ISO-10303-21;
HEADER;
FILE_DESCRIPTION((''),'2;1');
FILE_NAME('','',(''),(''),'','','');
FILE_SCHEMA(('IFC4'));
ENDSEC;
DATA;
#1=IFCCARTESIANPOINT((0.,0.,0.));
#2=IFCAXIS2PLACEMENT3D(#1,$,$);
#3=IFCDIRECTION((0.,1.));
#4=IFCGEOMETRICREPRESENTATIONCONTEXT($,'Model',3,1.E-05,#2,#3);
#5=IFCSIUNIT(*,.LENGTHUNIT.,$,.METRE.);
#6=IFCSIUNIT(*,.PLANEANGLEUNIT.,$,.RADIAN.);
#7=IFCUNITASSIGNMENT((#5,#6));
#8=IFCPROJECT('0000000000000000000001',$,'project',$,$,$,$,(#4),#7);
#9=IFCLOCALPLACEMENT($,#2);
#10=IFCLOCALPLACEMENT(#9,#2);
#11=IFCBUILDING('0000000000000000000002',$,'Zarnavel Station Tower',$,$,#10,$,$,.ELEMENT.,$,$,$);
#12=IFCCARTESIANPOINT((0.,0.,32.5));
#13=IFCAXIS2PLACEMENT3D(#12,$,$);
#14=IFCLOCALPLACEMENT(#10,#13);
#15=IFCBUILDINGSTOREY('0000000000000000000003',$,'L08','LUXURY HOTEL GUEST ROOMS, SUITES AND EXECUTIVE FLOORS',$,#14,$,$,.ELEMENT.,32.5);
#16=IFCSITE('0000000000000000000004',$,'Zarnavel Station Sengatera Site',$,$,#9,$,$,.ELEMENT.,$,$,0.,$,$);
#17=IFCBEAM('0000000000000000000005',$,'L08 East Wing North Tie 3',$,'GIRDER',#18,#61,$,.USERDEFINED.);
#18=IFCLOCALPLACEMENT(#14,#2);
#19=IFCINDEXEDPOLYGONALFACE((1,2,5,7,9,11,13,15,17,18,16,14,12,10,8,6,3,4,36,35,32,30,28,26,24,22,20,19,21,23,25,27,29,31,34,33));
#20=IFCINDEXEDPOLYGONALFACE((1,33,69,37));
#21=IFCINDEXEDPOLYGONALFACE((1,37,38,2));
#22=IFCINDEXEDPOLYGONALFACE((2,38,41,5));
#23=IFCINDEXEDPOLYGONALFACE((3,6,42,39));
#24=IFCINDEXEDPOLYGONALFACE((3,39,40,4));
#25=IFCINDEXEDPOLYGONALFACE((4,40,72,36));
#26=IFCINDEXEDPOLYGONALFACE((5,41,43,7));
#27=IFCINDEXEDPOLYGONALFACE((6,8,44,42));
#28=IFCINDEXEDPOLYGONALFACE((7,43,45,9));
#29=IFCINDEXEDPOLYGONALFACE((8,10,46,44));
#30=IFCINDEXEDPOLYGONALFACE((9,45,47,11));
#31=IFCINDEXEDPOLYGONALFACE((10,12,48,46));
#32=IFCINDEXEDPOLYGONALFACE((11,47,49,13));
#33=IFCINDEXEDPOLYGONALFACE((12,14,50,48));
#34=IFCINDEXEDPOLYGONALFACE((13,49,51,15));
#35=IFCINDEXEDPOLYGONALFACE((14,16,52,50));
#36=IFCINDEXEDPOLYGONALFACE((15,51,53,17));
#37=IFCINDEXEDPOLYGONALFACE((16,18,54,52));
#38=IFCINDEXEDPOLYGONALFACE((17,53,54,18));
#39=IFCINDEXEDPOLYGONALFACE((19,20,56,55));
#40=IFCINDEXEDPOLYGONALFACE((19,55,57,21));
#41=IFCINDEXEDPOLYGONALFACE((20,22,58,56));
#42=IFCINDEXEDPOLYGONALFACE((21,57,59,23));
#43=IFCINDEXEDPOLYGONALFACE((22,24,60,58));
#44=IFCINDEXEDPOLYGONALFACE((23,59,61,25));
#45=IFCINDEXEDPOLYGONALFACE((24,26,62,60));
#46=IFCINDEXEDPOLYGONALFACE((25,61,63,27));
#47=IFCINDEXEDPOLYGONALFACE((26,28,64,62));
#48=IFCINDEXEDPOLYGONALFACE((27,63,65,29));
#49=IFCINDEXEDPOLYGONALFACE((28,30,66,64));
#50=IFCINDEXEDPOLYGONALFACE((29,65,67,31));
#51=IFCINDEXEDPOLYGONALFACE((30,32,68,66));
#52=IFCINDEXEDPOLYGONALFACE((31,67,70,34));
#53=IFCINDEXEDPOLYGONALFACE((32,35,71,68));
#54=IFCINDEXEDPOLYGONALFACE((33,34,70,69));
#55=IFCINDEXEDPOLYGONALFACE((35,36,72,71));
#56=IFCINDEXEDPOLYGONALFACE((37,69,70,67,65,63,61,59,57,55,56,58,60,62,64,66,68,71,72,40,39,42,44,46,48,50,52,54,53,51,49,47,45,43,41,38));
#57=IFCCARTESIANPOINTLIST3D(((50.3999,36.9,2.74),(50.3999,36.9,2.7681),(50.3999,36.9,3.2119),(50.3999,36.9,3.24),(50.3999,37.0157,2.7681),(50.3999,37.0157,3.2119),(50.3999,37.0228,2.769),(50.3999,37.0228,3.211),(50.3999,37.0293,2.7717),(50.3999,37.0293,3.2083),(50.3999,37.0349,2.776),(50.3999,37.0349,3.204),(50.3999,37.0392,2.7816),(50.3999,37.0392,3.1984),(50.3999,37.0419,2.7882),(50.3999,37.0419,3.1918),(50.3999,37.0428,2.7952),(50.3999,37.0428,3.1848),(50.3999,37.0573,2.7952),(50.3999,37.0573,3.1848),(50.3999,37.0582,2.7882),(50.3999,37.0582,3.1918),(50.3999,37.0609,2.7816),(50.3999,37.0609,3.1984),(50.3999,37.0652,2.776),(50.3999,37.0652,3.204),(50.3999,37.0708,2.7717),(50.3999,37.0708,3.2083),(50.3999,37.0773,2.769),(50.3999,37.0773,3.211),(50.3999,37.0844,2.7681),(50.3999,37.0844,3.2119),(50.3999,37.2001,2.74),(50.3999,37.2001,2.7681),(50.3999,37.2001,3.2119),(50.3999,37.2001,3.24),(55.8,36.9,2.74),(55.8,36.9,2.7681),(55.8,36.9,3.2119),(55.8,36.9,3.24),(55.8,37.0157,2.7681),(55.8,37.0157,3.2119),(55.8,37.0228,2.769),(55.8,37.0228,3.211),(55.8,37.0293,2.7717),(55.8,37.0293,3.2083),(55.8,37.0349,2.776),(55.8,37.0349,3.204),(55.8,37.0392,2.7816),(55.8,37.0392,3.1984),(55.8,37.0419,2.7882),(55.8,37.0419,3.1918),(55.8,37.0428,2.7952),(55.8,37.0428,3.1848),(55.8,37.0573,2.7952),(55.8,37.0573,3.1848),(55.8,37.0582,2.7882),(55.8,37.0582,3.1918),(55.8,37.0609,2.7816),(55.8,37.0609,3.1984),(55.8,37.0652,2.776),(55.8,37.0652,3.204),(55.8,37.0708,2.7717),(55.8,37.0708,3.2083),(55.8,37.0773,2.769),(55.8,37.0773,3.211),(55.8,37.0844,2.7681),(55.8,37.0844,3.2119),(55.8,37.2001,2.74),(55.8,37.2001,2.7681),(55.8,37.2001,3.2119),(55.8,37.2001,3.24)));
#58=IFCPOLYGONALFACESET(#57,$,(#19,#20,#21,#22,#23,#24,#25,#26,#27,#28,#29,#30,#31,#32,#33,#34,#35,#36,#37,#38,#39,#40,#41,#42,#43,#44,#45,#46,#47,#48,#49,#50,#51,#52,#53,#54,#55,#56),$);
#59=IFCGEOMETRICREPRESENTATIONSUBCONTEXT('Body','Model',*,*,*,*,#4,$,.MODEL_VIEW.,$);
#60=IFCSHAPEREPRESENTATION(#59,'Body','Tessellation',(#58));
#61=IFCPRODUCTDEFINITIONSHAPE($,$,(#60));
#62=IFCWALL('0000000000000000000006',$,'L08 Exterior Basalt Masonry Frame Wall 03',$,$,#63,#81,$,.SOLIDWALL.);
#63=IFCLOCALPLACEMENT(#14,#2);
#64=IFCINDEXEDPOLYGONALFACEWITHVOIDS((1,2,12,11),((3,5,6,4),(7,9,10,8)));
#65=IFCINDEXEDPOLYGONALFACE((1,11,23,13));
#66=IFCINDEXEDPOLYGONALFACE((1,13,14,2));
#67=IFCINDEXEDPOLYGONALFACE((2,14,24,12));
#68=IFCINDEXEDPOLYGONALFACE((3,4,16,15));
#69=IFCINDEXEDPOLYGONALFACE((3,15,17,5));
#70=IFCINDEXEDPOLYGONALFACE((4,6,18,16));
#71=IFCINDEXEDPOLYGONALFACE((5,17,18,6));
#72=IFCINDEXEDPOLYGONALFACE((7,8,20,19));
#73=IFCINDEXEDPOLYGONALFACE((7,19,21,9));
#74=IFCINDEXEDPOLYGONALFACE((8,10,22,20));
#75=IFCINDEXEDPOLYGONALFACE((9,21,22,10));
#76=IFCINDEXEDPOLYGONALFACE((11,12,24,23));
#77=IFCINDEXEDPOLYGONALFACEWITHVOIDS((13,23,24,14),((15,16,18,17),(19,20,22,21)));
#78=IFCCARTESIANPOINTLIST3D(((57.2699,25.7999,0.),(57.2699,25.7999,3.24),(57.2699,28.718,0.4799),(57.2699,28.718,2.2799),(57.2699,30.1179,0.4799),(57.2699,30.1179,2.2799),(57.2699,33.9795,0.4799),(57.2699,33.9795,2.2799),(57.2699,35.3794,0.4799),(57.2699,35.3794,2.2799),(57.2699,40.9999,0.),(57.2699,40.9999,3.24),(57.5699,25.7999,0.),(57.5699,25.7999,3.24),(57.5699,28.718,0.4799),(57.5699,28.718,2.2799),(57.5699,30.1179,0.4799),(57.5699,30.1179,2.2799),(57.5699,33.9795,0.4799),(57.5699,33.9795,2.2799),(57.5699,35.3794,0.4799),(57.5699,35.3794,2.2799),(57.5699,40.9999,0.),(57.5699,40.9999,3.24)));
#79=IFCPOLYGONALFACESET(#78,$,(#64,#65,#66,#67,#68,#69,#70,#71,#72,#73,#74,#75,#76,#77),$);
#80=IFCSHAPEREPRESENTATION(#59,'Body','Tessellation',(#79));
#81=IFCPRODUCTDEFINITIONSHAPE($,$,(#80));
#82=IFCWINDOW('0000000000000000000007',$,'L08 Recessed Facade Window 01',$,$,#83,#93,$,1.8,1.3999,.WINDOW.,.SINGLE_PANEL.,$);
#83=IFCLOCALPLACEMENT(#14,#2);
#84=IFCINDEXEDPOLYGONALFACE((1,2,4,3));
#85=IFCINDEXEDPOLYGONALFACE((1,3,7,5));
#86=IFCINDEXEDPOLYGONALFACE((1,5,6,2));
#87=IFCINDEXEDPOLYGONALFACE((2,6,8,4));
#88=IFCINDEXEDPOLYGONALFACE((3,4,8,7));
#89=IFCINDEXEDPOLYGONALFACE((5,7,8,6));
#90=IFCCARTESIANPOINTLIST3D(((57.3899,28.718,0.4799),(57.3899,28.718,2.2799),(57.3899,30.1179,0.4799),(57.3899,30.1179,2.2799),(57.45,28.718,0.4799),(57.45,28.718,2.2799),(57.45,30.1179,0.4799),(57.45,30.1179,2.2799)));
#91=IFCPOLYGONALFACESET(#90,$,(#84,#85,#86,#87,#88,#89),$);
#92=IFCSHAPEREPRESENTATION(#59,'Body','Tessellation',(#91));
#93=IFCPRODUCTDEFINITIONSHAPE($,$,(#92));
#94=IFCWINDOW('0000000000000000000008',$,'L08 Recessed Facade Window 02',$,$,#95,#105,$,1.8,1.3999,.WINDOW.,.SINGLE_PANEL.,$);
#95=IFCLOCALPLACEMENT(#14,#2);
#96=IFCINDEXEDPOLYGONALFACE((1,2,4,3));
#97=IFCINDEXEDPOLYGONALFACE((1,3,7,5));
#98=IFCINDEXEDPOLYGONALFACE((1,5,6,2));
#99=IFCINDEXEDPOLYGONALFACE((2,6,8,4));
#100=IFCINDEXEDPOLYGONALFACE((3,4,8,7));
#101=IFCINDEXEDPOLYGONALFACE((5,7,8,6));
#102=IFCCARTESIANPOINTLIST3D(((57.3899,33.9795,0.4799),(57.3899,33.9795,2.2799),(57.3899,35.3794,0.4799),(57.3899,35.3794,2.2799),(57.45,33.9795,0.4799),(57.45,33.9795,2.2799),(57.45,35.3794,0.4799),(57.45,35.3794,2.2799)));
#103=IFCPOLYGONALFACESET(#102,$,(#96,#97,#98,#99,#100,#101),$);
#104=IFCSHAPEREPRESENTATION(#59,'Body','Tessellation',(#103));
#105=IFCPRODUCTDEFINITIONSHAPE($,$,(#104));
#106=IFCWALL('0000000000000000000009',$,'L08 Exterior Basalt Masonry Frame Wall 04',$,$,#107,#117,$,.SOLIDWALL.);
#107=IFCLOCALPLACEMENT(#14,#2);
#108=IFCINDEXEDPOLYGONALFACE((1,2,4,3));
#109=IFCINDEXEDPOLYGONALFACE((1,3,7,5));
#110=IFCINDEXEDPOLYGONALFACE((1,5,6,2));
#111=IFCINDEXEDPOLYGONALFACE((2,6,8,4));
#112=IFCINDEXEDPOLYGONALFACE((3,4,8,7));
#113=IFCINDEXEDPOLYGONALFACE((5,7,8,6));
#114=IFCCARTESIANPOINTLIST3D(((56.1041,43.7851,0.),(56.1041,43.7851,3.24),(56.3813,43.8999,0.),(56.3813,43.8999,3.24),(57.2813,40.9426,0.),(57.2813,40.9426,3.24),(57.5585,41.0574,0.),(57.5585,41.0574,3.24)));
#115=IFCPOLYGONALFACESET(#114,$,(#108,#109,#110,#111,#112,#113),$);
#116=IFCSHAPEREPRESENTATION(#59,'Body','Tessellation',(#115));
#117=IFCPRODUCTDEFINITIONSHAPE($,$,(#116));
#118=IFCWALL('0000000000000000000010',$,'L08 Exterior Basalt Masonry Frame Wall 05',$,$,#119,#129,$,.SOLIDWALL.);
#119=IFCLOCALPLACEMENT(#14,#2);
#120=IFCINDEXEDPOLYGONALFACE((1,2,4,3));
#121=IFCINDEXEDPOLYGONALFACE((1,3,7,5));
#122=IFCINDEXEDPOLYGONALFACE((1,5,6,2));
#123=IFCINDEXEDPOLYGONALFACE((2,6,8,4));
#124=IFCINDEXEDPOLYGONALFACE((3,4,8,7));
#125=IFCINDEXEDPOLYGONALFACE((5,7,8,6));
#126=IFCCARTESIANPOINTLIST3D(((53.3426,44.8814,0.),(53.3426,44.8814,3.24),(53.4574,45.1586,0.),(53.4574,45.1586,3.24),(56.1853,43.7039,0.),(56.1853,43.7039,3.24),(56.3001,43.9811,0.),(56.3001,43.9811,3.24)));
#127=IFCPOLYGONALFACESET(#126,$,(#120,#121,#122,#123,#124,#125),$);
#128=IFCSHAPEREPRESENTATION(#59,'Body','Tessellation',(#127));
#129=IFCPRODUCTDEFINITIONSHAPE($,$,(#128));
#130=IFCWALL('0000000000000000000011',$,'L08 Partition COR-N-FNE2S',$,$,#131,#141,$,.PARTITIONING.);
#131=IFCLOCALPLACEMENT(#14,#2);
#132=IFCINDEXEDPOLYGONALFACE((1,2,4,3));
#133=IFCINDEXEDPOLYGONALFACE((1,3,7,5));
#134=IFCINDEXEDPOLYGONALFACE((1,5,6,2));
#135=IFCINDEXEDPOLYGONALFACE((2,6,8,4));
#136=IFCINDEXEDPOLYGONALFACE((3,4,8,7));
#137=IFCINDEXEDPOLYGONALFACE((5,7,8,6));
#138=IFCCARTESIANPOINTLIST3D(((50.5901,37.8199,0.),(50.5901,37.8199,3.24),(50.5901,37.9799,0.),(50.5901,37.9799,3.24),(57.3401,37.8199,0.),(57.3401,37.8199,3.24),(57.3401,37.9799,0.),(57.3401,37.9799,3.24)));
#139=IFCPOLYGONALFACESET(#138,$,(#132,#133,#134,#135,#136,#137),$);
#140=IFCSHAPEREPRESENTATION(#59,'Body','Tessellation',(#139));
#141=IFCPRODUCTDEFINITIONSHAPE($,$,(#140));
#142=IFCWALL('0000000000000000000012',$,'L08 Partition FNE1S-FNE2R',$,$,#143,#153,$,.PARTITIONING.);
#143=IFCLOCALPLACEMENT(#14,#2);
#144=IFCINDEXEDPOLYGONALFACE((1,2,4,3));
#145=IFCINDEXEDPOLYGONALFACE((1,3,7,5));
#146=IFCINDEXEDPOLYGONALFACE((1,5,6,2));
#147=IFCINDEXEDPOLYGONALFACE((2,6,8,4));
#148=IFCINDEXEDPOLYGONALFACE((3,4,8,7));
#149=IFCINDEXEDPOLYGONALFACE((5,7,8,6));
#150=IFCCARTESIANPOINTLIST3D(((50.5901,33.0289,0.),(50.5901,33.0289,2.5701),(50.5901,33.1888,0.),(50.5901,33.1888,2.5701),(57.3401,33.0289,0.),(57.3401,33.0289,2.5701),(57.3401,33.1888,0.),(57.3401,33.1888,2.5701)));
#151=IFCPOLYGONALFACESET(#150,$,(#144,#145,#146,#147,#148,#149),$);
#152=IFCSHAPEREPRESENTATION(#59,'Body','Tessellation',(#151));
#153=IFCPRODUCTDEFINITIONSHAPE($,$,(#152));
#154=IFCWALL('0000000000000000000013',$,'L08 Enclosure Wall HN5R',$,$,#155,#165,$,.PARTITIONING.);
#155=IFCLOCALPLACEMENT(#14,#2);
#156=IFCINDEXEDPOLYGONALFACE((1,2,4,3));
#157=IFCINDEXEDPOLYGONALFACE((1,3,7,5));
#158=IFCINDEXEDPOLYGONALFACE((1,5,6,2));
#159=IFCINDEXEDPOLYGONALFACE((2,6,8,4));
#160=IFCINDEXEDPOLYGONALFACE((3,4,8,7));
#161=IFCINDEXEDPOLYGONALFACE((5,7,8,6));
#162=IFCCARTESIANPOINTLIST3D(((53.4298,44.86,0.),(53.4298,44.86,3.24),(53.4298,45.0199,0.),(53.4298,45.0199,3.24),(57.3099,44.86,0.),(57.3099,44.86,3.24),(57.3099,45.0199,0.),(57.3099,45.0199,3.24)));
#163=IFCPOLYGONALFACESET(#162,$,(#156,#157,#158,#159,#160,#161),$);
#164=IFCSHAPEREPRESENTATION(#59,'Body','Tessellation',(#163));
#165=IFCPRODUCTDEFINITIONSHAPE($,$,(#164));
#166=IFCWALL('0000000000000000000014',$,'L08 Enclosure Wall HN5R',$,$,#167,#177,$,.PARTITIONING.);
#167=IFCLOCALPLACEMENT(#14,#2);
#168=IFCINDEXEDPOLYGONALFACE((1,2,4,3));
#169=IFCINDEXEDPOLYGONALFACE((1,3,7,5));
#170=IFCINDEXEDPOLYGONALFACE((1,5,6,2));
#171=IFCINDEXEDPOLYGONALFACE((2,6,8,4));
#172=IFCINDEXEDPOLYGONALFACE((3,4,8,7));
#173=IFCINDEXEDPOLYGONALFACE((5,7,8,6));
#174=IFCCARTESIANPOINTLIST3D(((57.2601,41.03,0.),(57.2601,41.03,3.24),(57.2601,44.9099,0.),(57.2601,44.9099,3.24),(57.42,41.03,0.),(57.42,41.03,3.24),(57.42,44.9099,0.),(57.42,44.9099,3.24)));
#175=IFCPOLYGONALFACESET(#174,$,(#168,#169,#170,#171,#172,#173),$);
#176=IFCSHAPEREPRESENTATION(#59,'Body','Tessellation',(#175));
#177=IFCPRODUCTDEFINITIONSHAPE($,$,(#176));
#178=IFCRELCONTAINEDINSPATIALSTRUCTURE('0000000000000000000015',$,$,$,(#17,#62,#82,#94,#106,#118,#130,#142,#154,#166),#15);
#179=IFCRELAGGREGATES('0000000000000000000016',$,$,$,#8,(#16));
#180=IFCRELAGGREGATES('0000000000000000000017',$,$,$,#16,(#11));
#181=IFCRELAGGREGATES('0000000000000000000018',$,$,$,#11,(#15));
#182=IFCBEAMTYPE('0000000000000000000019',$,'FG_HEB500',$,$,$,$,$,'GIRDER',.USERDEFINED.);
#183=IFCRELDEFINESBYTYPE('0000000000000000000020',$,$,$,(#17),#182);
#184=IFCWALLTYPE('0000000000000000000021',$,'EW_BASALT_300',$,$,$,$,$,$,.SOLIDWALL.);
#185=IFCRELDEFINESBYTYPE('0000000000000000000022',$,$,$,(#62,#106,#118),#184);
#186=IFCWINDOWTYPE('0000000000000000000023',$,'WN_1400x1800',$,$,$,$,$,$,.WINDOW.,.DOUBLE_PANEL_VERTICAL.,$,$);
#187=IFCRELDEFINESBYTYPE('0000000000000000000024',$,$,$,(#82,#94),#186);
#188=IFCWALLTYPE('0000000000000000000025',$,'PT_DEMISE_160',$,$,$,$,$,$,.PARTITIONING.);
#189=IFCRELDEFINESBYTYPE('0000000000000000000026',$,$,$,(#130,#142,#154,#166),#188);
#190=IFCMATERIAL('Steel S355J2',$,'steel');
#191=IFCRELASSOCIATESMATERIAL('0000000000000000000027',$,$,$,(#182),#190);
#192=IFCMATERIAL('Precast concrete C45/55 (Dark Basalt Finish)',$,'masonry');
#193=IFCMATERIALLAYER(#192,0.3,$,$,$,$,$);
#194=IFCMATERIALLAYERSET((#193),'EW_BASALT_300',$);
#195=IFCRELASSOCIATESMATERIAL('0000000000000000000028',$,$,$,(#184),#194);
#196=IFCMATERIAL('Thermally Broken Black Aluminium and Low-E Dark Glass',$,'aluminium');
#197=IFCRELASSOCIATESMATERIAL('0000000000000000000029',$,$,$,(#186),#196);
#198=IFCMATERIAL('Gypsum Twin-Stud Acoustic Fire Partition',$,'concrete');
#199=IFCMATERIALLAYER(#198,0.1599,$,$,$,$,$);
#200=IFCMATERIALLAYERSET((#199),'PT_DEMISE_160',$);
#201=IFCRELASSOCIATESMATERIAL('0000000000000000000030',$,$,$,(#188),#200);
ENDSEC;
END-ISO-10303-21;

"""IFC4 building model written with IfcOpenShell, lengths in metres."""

from ifc_helpers import new_model, si_unit, direction, frame, frame_2d, origin, origin_2d, place, context, subcontext, project, spatial, rectangle, i_section, extrude, material, layer, layer_set, material_profile, profile_set, type_object, element, fill, save


model = new_model("IFC4")

# Units and contexts
model_context = context("Model", 3, precision=1e-05, world=origin(), true_north=direction((0.0, 1.0)))
body_context = subcontext(model_context, "Body", "Model", "MODEL_VIEW")
ifc_project = project(units=[si_unit("LENGTHUNIT", "METRE"), si_unit("PLANEANGLEUNIT", "RADIAN")], contexts=[model_context])

# Site, building, storey
site_placement = place(None, origin())
site = spatial("IfcSite", under=ifc_project, at=site_placement, Name="Zarnavel Station Sengatera Site", CompositionType="ELEMENT", RefElevation=0.0)
building_placement = place(site_placement, origin())
building = spatial("IfcBuilding", under=site, at=building_placement, Name="Zarnavel Station Tower", CompositionType="ELEMENT")
storey_placement = place(building_placement, frame((0.0, 0.0, 32.5)))
storey = spatial("IfcBuildingStorey", under=building, at=storey_placement, Name="L08", Description="LUXURY HOTEL GUEST ROOMS, SUITES AND EXECUTIVE FLOORS", CompositionType="ELEMENT", Elevation=32.5)

# Beam
ifc_material_1 = material(Name="Steel S355J2", Category="steel")
ifc_material_profile_1 = material_profile(ifc_material_1, i_section(OverallWidth=0.3, OverallDepth=0.5, WebThickness=0.0144, FlangeThickness=0.0281, FilletRadius=0.0271, at=origin_2d()), Name="HEB500")
ifc_profile_set_1 = profile_set([ifc_material_profile_1], Name="Steel S355J2")
beam_type = type_object("IfcBeamType", Name="FG_HEB500", ElementType="GIRDER", PredefinedType="USERDEFINED", material=ifc_profile_set_1)
beam_1_placement = place(storey_placement, frame((50.3999, 37.05, 2.99), z_axis=(1.0, 0.0, 0.0), x_axis=(0.0, 1.0, 0.0)))
element("IfcBeam", 1, at=beam_1_placement, inside=storey, type_object=beam_type, Name="L08 East Wing North Tie 3", ObjectType="GIRDER", PredefinedType="USERDEFINED", context=body_context, shape_type="SweptSolid", body=[
    extrude(i_section(OverallWidth=0.3, OverallDepth=0.5, WebThickness=0.0144, FlangeThickness=0.0281, FilletRadius=0.0271, at=origin_2d()), origin(), (0.0, 0.0, 1.0), 5.4001),
])

# Wall, openings, windows
ifc_material_2 = material(Name="Precast concrete C45/55 (Dark Basalt Finish)", Category="masonry")
ifc_layer_1 = layer(ifc_material_2, 0.3)
ifc_layer_set_1 = layer_set([ifc_layer_1], Name="EW_BASALT_300")
wall_type_1 = type_object("IfcWallType", Name="EW_BASALT_300", PredefinedType="SOLIDWALL", material=ifc_layer_set_1)
wall_1_placement = place(storey_placement, frame((57.4199, 41.0, 0.0), z_axis=(0.0, 0.0, 1.0), x_axis=(0.0, -1.0, 0.0)))
wall_1 = element("IfcWall", 2, at=wall_1_placement, inside=storey, type_object=wall_type_1, Name="L08 Exterior Basalt Masonry Frame Wall 03", PredefinedType="SOLIDWALL", context=body_context, shape_type="SweptSolid", body=[
    extrude(rectangle(XDim=15.2, YDim=0.3, at=frame_2d((7.6001, 0.0))), origin(), (0.0, 0.0, 1.0), 3.24),
])
opening_1_placement = place(wall_1_placement, frame((10.8821, 0.0, 0.48)))
opening_1 = element("IfcOpeningElement", 3, at=opening_1_placement, cuts=wall_1, PredefinedType="OPENING", context=body_context, shape_type="SweptSolid", body=[
    extrude(rectangle(XDim=1.3999, YDim=1.8, at=frame_2d((0.7, 0.8999))), frame((0.0, 0.1599, 0.0), z_axis=(0.0, -1.0, 0.0), x_axis=(1.0, 0.0, 0.0)), (0.0, 0.0, 1.0), 0.3201),
])
opening_2_placement = place(wall_1_placement, frame((5.6206, 0.0, 0.48)))
opening_2 = element("IfcOpeningElement", 4, at=opening_2_placement, cuts=wall_1, PredefinedType="OPENING", context=body_context, shape_type="SweptSolid", body=[
    extrude(rectangle(XDim=1.3999, YDim=1.8, at=frame_2d((0.7, 0.8999))), frame((0.0, 0.1599, 0.0), z_axis=(0.0, -1.0, 0.0), x_axis=(1.0, 0.0, 0.0)), (0.0, 0.0, 1.0), 0.3201),
])
ifc_material_3 = material(Name="Thermally Broken Black Aluminium and Low-E Dark Glass", Category="aluminium")
window_type = type_object("IfcWindowType", Name="WN_1400x1800", PartitioningType="DOUBLE_PANEL_VERTICAL", PredefinedType="WINDOW", material=ifc_material_3)
window_1_placement = place(opening_1_placement, origin())
window_1 = element("IfcWindow", 5, at=window_1_placement, inside=storey, type_object=window_type, Name="L08 Recessed Facade Window 01", OverallHeight=1.8, OverallWidth=1.3999, PartitioningType="SINGLE_PANEL", PredefinedType="WINDOW", context=body_context, shape_type="SweptSolid", body=[
    extrude(rectangle(XDim=1.3999, YDim=1.8, at=frame_2d((0.7, 0.8999))), frame((0.0, 0.03, 0.0), z_axis=(0.0, -1.0, 0.0), x_axis=(1.0, 0.0, 0.0)), (0.0, 0.0, 1.0), 0.0601),
])
fill(opening_1, window_1)
window_2_placement = place(opening_2_placement, origin())
window_2 = element("IfcWindow", 6, at=window_2_placement, inside=storey, type_object=window_type, Name="L08 Recessed Facade Window 02", OverallHeight=1.8, OverallWidth=1.3999, PartitioningType="SINGLE_PANEL", PredefinedType="WINDOW", context=body_context, shape_type="SweptSolid", body=[
    extrude(rectangle(XDim=1.3999, YDim=1.8, at=frame_2d((0.7, 0.8999))), frame((0.0, 0.03, 0.0), z_axis=(0.0, -1.0, 0.0), x_axis=(1.0, 0.0, 0.0)), (0.0, 0.0, 1.0), 0.0601),
])
fill(opening_2, window_2)

# Walls
wall_2_placement = place(storey_placement, frame((56.2427, 43.8425, 0.0), z_axis=(0.0, 0.0, 1.0), x_axis=(0.382637, -0.923899, 0.0)))
element("IfcWall", 7, at=wall_2_placement, inside=storey, type_object=wall_type_1, Name="L08 Exterior Basalt Masonry Frame Wall 04", PredefinedType="SOLIDWALL", context=body_context, shape_type="SweptSolid", body=[
    extrude(rectangle(XDim=3.0767, YDim=0.3, at=frame_2d((1.5383, 0.0))), origin(), (0.0, 0.0, 1.0), 3.24),
])
wall_3_placement = place(storey_placement, frame((53.3999, 45.02, 0.0), z_axis=(0.0, 0.0, 1.0), x_axis=(0.923882, -0.382676, 0.0)))
element("IfcWall", 8, at=wall_3_placement, inside=storey, type_object=wall_type_1, Name="L08 Exterior Basalt Masonry Frame Wall 05", PredefinedType="SOLIDWALL", context=body_context, shape_type="SweptSolid", body=[
    extrude(rectangle(XDim=3.0769, YDim=0.3, at=frame_2d((1.5386, 0.0))), origin(), (0.0, 0.0, 1.0), 3.24),
])

# Shared definitions
ifc_material_4 = material(Name="Gypsum Twin-Stud Acoustic Fire Partition", Category="concrete")
ifc_layer_2 = layer(ifc_material_4, 0.1599)
ifc_layer_set_2 = layer_set([ifc_layer_2], Name="PT_DEMISE_160")
wall_type_2 = type_object("IfcWallType", Name="PT_DEMISE_160", PredefinedType="PARTITIONING", material=ifc_layer_set_2)

# Walls
wall_4_placement = place(storey_placement, frame((50.5901, 37.8999, 0.0), z_axis=(0.0, 0.0, 1.0), x_axis=(1.0, 0.0, 0.0)))
element("IfcWall", 9, at=wall_4_placement, inside=storey, type_object=wall_type_2, Name="L08 Partition COR-N-FNE2S", PredefinedType="PARTITIONING", context=body_context, shape_type="SweptSolid", body=[
    extrude(rectangle(XDim=6.75, YDim=0.1599, at=frame_2d((3.375, 0.0))), origin(), (0.0, 0.0, 1.0), 3.24),
])
wall_5_placement = place(storey_placement, frame((50.5901, 33.1089, 0.0), z_axis=(0.0, 0.0, 1.0), x_axis=(1.0, 0.0, 0.0)))
element("IfcWall", 10, at=wall_5_placement, inside=storey, type_object=wall_type_2, Name="L08 Partition FNE1S-FNE2R", PredefinedType="PARTITIONING", context=body_context, shape_type="SweptSolid", body=[
    extrude(rectangle(XDim=6.75, YDim=0.1599, at=frame_2d((3.375, 0.0))), origin(), (0.0, 0.0, 1.0), 2.5701),
])
wall_6_placement = place(storey_placement, frame((53.4299, 44.9399, 0.0), z_axis=(0.0, 0.0, 1.0), x_axis=(1.0, 0.0, 0.0)))
element("IfcWall", 11, at=wall_6_placement, inside=storey, type_object=wall_type_2, Name="L08 Enclosure Wall HN5R", PredefinedType="PARTITIONING", context=body_context, shape_type="SweptSolid", body=[
    extrude(rectangle(XDim=3.8801, YDim=0.1599, at=frame_2d((1.9399, 0.0))), origin(), (0.0, 0.0, 1.0), 3.24),
])
wall_7_placement = place(storey_placement, frame((57.3401, 41.03, 0.0), z_axis=(0.0, 0.0, 1.0), x_axis=(0.0, 1.0, 0.0)))
element("IfcWall", 12, at=wall_7_placement, inside=storey, type_object=wall_type_2, Name="L08 Enclosure Wall HN5R", PredefinedType="PARTITIONING", context=body_context, shape_type="SweptSolid", body=[
    extrude(rectangle(XDim=3.8799, YDim=0.1599, at=frame_2d((1.9399, 0.0))), origin(), (0.0, 0.0, 1.0), 3.24),
])

save(model, "model.ifc")
